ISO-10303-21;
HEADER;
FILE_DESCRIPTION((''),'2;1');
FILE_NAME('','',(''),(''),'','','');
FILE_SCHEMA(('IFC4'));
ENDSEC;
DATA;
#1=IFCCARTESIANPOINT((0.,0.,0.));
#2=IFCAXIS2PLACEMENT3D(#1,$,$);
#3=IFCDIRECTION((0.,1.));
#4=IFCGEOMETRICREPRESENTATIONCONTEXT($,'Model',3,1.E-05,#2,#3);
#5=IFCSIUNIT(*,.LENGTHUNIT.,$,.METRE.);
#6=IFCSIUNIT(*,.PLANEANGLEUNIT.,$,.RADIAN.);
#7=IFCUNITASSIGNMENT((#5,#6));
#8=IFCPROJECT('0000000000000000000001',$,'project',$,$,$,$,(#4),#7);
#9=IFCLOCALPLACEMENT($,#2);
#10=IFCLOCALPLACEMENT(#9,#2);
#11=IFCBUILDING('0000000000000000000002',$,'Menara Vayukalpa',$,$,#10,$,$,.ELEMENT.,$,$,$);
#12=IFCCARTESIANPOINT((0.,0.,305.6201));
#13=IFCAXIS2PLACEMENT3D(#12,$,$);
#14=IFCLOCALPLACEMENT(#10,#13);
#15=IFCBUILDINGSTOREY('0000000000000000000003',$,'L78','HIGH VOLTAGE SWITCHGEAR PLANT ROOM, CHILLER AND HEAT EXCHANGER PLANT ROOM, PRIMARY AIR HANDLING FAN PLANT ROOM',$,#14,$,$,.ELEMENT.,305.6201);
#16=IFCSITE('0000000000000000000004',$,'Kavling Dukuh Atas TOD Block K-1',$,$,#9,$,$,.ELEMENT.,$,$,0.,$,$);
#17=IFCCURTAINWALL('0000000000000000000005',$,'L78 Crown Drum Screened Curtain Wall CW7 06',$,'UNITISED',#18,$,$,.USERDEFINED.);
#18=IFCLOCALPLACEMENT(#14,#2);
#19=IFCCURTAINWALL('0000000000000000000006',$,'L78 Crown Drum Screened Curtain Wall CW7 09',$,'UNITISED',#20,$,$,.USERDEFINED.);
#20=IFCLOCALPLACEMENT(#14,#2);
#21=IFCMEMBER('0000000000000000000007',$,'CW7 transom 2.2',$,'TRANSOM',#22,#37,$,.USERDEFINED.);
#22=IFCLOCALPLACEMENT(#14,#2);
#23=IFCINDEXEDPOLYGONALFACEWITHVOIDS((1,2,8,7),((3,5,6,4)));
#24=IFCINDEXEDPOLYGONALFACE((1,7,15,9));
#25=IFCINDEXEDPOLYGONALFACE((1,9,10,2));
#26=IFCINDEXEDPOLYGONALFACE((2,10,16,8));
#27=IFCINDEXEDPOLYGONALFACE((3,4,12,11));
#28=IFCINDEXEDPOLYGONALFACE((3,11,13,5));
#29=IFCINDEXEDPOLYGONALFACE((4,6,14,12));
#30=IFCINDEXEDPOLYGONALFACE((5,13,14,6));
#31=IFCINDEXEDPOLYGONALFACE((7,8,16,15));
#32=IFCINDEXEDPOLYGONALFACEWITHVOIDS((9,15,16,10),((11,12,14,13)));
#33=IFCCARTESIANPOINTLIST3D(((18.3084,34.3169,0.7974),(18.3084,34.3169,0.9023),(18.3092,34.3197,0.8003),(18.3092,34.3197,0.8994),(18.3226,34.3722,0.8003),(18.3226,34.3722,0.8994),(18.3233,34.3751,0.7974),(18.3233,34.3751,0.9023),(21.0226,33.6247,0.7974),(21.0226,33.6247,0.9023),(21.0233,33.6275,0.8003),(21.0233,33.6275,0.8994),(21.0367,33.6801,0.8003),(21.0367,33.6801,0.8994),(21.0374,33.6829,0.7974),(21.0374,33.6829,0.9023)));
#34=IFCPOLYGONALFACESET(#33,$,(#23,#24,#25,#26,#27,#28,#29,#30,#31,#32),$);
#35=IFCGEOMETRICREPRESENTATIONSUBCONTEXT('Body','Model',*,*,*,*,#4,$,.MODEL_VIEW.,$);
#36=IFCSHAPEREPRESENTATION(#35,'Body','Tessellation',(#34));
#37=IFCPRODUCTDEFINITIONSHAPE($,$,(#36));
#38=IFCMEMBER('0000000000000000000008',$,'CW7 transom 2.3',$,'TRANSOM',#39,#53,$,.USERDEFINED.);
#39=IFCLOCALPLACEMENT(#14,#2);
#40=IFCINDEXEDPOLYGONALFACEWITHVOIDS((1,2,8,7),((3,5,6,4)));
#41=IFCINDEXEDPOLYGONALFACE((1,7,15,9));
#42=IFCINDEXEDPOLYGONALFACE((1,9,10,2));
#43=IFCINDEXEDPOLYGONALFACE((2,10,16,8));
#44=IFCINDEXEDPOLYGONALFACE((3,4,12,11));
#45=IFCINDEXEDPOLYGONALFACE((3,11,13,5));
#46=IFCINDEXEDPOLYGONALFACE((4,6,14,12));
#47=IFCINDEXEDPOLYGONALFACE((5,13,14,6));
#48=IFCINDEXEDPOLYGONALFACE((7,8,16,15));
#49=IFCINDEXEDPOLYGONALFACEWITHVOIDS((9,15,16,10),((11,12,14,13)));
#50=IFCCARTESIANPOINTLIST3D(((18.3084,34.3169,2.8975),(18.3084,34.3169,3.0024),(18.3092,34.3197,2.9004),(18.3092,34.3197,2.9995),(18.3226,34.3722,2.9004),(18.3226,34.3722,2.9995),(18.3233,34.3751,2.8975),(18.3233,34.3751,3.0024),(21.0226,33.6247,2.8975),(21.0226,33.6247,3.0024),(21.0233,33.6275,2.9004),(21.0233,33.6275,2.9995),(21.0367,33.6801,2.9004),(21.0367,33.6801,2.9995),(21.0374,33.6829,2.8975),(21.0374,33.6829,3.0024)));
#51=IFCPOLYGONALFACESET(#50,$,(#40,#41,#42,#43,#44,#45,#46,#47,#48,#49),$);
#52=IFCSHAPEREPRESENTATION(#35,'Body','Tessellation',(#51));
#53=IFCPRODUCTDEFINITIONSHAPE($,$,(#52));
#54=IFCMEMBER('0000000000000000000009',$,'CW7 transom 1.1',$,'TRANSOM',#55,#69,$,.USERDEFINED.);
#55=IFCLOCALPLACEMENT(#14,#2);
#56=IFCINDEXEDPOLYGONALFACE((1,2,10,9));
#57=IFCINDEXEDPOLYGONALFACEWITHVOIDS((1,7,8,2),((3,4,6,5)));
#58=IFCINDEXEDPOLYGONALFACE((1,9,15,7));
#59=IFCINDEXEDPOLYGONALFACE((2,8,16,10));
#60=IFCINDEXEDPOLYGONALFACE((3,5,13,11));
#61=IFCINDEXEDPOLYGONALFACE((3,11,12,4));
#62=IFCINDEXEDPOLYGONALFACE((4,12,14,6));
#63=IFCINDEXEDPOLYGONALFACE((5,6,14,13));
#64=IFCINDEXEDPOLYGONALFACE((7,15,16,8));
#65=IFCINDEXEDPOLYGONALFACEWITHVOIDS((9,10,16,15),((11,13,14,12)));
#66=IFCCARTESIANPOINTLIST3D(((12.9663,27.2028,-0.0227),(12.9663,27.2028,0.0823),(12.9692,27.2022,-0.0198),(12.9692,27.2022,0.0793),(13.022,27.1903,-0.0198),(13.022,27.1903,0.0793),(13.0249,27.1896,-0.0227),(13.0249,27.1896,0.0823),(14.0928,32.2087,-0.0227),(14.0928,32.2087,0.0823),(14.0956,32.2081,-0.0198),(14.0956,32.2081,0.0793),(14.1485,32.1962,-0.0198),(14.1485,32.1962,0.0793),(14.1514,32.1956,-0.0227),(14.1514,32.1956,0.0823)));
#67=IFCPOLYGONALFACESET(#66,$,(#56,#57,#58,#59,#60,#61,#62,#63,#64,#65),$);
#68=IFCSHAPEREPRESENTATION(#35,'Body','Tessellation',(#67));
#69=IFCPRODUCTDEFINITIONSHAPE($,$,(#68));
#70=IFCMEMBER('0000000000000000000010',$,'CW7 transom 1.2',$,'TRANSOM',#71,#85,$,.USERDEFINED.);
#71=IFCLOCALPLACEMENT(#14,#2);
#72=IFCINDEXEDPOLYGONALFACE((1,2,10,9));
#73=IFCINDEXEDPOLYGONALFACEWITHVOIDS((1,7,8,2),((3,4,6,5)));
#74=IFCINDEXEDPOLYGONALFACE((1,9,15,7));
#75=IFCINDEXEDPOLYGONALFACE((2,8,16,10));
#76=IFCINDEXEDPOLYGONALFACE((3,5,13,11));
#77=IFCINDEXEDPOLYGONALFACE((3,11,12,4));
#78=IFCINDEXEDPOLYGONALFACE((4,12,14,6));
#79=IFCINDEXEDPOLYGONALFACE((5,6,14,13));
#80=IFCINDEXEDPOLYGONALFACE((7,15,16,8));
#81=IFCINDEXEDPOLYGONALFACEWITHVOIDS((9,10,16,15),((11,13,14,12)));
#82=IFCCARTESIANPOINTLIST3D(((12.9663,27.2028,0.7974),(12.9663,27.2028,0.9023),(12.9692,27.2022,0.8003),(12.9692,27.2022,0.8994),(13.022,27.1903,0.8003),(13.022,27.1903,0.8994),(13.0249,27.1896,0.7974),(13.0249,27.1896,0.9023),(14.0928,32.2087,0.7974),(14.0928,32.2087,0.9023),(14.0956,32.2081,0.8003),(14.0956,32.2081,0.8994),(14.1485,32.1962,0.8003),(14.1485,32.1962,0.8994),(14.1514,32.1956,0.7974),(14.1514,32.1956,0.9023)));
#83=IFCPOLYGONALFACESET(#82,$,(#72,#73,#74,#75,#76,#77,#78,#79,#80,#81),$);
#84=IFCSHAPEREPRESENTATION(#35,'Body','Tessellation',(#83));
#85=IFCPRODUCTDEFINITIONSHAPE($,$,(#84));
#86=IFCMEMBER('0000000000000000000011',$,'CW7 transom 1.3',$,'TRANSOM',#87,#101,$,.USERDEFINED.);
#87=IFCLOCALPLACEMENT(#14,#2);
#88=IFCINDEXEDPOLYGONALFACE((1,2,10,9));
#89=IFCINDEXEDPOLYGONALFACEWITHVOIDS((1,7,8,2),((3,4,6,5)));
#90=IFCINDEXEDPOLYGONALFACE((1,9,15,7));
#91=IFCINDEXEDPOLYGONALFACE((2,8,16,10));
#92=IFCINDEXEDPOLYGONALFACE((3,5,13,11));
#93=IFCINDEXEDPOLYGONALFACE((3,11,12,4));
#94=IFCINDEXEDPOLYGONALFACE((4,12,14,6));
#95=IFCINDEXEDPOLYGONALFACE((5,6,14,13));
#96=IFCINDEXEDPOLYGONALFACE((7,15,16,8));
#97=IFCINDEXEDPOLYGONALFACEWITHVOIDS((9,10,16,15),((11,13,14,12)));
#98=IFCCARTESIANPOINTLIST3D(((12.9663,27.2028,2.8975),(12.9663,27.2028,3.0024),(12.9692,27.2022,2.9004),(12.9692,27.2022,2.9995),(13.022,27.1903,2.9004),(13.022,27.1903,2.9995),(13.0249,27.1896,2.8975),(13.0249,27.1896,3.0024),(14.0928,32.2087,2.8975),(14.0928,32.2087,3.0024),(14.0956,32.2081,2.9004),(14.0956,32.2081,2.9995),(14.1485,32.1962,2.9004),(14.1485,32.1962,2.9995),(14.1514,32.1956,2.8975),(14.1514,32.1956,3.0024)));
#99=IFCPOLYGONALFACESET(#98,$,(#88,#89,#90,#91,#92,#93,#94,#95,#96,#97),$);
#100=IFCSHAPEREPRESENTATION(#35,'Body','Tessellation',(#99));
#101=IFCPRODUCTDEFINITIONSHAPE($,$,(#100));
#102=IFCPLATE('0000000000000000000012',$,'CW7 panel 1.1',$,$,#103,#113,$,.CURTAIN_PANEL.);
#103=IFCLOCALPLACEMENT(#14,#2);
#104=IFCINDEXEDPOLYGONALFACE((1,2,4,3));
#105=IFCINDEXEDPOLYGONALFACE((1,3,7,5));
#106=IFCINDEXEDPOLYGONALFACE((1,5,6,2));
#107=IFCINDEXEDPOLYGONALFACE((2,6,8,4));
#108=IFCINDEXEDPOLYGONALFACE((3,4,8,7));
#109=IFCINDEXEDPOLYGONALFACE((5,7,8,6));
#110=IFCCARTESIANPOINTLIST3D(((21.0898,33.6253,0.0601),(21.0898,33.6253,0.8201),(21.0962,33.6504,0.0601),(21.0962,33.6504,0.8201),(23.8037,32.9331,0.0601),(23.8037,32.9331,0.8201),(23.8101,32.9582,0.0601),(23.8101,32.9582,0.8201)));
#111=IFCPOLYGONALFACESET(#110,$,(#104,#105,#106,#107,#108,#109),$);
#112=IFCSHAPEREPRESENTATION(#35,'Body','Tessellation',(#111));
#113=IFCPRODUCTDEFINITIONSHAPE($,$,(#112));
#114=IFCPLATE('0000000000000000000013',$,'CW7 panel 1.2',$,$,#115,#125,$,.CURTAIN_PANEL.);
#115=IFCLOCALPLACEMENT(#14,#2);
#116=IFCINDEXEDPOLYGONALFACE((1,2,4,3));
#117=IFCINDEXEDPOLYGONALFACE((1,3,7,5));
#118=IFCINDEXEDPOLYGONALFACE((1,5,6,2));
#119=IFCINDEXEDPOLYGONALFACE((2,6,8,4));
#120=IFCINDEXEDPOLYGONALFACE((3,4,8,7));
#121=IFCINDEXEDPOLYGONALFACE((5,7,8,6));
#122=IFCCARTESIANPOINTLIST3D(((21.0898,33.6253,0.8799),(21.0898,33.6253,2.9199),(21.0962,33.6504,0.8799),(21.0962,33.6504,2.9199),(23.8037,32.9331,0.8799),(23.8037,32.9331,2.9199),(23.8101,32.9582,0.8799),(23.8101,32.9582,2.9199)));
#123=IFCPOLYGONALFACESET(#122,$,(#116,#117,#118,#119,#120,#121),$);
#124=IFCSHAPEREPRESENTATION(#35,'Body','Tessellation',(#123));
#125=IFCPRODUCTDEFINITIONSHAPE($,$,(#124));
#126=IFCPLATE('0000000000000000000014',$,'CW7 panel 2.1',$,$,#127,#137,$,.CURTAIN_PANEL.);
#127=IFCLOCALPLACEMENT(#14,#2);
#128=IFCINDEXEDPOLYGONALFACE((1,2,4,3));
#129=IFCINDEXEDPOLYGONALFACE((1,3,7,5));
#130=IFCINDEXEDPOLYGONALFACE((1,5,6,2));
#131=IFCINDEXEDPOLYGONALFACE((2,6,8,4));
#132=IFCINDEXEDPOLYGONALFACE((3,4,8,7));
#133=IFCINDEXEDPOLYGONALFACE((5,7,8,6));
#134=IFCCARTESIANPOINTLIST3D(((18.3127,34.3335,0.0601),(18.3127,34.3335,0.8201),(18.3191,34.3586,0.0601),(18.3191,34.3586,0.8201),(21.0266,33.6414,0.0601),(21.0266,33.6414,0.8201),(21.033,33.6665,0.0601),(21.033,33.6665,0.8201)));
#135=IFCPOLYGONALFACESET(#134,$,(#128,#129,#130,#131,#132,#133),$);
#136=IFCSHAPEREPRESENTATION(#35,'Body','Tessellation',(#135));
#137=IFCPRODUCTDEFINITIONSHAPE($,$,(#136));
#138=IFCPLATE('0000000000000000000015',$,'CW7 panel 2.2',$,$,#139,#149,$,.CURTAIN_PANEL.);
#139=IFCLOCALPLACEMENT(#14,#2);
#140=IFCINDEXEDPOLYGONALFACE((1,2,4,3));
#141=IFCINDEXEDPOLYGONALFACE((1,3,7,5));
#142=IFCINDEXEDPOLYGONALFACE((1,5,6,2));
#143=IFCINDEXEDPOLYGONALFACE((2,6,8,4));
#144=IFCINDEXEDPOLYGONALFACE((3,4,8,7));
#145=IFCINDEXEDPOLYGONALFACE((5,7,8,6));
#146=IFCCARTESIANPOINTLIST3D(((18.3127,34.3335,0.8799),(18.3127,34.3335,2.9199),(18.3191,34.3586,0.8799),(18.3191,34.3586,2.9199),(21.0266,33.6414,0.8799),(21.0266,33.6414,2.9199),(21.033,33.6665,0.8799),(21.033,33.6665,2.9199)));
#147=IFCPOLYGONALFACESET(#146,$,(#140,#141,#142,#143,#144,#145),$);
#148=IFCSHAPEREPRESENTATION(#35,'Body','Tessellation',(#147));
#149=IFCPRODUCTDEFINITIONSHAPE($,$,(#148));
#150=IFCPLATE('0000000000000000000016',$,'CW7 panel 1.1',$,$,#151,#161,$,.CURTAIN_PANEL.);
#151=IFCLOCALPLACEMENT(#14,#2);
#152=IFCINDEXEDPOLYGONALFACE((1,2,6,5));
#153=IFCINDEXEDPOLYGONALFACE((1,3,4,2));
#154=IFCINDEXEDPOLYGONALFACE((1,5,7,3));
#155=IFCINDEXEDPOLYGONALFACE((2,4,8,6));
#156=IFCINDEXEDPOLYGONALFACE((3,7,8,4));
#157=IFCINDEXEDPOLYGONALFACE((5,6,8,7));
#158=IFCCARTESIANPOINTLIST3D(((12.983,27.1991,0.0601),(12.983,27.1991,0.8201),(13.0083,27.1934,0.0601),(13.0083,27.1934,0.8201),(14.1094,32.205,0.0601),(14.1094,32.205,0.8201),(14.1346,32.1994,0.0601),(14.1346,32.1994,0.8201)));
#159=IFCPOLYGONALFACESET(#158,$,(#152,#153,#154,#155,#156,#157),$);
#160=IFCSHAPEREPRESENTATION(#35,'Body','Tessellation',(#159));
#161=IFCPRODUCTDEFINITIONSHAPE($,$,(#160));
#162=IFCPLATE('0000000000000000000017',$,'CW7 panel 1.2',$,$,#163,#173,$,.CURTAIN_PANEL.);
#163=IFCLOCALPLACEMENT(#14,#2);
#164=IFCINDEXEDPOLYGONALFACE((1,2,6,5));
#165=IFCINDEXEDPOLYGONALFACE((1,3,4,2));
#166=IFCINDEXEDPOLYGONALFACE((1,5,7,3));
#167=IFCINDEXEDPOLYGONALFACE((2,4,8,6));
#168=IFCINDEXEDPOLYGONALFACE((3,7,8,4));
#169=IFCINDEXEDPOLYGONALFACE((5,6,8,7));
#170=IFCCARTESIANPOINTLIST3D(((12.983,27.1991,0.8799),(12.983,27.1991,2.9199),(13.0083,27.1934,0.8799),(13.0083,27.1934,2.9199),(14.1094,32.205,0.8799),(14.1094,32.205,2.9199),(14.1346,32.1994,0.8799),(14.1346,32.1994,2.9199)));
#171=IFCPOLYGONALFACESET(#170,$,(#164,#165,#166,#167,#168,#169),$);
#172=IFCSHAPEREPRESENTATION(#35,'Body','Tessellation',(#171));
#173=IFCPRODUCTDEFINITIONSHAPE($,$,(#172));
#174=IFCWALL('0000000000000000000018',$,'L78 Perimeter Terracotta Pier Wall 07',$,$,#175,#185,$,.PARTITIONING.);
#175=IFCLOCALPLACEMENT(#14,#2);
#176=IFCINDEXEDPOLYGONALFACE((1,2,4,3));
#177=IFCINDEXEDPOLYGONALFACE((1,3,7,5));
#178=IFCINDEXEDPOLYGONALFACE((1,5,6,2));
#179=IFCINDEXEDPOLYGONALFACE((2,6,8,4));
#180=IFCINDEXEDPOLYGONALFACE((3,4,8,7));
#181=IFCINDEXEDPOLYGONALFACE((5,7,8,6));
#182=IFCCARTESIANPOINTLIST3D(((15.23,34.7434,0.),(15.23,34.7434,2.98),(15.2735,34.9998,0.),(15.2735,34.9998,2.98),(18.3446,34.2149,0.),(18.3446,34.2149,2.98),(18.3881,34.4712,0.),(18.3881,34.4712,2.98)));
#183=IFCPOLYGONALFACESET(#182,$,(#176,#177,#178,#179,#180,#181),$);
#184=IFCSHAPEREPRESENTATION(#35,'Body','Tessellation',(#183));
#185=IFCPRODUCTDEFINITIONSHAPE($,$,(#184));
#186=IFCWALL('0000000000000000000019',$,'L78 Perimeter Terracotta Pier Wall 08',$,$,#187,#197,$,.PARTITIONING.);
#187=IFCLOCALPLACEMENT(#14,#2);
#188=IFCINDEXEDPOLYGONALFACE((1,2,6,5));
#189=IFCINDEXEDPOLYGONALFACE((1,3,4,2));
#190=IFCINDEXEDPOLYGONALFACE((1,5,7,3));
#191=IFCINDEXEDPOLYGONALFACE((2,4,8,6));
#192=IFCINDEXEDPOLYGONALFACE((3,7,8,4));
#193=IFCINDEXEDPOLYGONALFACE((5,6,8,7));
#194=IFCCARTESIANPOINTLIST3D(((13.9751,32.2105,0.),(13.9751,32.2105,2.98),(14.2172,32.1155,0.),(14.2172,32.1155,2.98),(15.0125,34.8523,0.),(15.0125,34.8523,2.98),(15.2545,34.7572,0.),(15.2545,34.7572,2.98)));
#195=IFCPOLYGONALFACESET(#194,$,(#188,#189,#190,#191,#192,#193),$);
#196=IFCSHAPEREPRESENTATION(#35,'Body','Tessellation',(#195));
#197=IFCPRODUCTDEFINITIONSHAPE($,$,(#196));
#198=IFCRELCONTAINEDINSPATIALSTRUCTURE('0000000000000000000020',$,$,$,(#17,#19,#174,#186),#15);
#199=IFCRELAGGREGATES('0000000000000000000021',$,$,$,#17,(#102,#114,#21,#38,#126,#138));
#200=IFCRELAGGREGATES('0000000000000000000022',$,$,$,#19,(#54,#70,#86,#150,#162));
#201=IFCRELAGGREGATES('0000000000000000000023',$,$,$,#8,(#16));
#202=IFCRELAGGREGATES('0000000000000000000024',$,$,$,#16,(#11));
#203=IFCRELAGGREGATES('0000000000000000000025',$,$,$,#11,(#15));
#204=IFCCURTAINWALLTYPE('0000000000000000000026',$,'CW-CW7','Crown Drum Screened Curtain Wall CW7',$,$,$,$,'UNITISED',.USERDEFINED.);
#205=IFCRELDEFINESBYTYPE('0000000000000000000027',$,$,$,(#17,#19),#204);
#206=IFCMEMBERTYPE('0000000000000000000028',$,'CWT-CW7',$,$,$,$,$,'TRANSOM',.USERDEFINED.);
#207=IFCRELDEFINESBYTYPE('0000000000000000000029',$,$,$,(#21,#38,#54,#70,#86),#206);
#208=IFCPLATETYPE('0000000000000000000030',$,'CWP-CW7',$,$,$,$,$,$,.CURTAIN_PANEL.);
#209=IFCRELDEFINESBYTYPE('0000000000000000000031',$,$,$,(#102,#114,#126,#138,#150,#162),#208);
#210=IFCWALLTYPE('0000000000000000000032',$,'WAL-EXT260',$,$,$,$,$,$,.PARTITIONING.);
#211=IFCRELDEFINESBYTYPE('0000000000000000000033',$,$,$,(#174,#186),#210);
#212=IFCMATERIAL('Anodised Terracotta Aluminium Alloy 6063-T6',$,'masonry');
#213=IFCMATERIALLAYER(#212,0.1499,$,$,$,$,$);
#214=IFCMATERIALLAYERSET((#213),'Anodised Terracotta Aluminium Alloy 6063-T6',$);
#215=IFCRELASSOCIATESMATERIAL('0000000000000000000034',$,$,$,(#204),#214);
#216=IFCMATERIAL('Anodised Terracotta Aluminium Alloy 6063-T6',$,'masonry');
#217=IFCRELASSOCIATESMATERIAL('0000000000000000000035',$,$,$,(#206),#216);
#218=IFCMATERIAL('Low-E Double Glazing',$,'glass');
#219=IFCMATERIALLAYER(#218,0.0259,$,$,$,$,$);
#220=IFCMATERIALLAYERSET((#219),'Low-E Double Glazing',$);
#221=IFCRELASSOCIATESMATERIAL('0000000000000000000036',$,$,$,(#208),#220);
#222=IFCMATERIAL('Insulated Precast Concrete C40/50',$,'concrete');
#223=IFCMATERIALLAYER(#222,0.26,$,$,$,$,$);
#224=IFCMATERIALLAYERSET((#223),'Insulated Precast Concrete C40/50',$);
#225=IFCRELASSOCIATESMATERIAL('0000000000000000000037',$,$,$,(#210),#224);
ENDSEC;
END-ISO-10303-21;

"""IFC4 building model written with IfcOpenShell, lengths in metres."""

from ifc_helpers import new_model, si_unit, direction, frame, frame_2d, origin, origin_2d, place, context, subcontext, project, spatial, rectangle, hollow_rectangle, extrude, material, layer, layer_set, material_profile, profile_set, type_object, element, aggregate, save


model = new_model("IFC4")

# Units and contexts
model_context = context("Model", 3, precision=1e-05, world=origin(), true_north=direction((0.0, 1.0)))
body_context = subcontext(model_context, "Body", "Model", "MODEL_VIEW")
ifc_project = project(units=[si_unit("LENGTHUNIT", "METRE"), si_unit("PLANEANGLEUNIT", "RADIAN")], contexts=[model_context])

# Site, building, storey
site_placement = place(None, origin())
site = spatial("IfcSite", under=ifc_project, at=site_placement, Name="Kavling Dukuh Atas TOD Block K-1", CompositionType="ELEMENT", RefElevation=0.0)
building_placement = place(site_placement, origin())
building = spatial("IfcBuilding", under=site, at=building_placement, Name="Menara Vayukalpa", CompositionType="ELEMENT")
storey_placement = place(building_placement, frame((0.0, 0.0, 305.6201)))
storey = spatial("IfcBuildingStorey", under=building, at=storey_placement, Name="L78", Description="HIGH VOLTAGE SWITCHGEAR PLANT ROOM, CHILLER AND HEAT EXCHANGER PLANT ROOM, PRIMARY AIR HANDLING FAN PLANT ROOM", CompositionType="ELEMENT", Elevation=305.6201)

# Shared definitions
ifc_material_1 = material(Name="Anodised Terracotta Aluminium Alloy 6063-T6", Category="masonry")
ifc_layer_1 = layer(ifc_material_1, 0.1499)
ifc_layer_set_1 = layer_set([ifc_layer_1], Name="Anodised Terracotta Aluminium Alloy 6063-T6")
curtain_wall_type = type_object("IfcCurtainWallType", Name="CW-CW7", Description="Crown Drum Screened Curtain Wall CW7", ElementType="UNITISED", PredefinedType="USERDEFINED", material=ifc_layer_set_1)

# Curtain wall
curtain_wall_1_placement = place(storey_placement, origin())
curtain_wall_1 = element("IfcCurtainWall", 1, at=curtain_wall_1_placement, inside=storey, type_object=curtain_wall_type, Name="L78 Crown Drum Screened Curtain Wall CW7 06", ObjectType="UNITISED", PredefinedType="USERDEFINED")

# Curtain wall
curtain_wall_2_placement = place(storey_placement, origin())
curtain_wall_2 = element("IfcCurtainWall", 2, at=curtain_wall_2_placement, inside=storey, type_object=curtain_wall_type, Name="L78 Crown Drum Screened Curtain Wall CW7 09", ObjectType="UNITISED", PredefinedType="USERDEFINED")

# Members
ifc_material_2 = material(Name="Anodised Terracotta Aluminium Alloy 6063-T6", Category="masonry")
ifc_material_profile_1 = material_profile(ifc_material_2, hollow_rectangle(XDim=0.0601, YDim=0.105, WallThickness=0.0029, at=origin_2d()), Name="ALU 60x105x3")
ifc_profile_set_1 = profile_set([ifc_material_profile_1], Name="Anodised Terracotta Aluminium Alloy 6063-T6")
member_type_1 = type_object("IfcMemberType", Name="CWT-CW7", ElementType="TRANSOM", PredefinedType="USERDEFINED", material=ifc_profile_set_1)
member_1_placement = place(storey_placement, frame((21.03, 33.6538, 0.8499), z_axis=(-0.968988, 0.247106, 0.0), x_axis=(-0.247106, -0.968988, 0.0)))
member_1 = element("IfcMember", 3, at=member_1_placement, type_object=member_type_1, Name="CW7 transom 2.2", ObjectType="TRANSOM", PredefinedType="USERDEFINED", context=body_context, shape_type="SweptSolid", body=[
    extrude(hollow_rectangle(XDim=0.0601, YDim=0.105, WallThickness=0.0029, at=origin_2d()), origin(), (0.0, 0.0, 1.0), 2.801),
])
member_2_placement = place(storey_placement, frame((21.03, 33.6538, 2.95), z_axis=(-0.968988, 0.247106, 0.0), x_axis=(-0.247106, -0.968988, 0.0)))
member_2 = element("IfcMember", 4, at=member_2_placement, type_object=member_type_1, Name="CW7 transom 2.3", ObjectType="TRANSOM", PredefinedType="USERDEFINED", context=body_context, shape_type="SweptSolid", body=[
    extrude(hollow_rectangle(XDim=0.0601, YDim=0.105, WallThickness=0.0029, at=origin_2d()), origin(), (0.0, 0.0, 1.0), 2.801),
])
member_3_placement = place(storey_placement, frame((14.1221, 32.2021, 0.0298), z_axis=(-0.219539, -0.975604, 0.0), x_axis=(0.975604, -0.219539, 0.0)))
member_3 = element("IfcMember", 5, at=member_3_placement, type_object=member_type_1, Name="CW7 transom 1.1", ObjectType="TRANSOM", PredefinedType="USERDEFINED", context=body_context, shape_type="SweptSolid", body=[
    extrude(hollow_rectangle(XDim=0.0601, YDim=0.105, WallThickness=0.0029, at=origin_2d()), origin(), (0.0, 0.0, 1.0), 5.1311),
])
member_4_placement = place(storey_placement, frame((14.1221, 32.2021, 0.8499), z_axis=(-0.219539, -0.975604, 0.0), x_axis=(0.975604, -0.219539, 0.0)))
member_4 = element("IfcMember", 6, at=member_4_placement, type_object=member_type_1, Name="CW7 transom 1.2", ObjectType="TRANSOM", PredefinedType="USERDEFINED", context=body_context, shape_type="SweptSolid", body=[
    extrude(hollow_rectangle(XDim=0.0601, YDim=0.105, WallThickness=0.0029, at=origin_2d()), origin(), (0.0, 0.0, 1.0), 5.1311),
])
member_5_placement = place(storey_placement, frame((14.1221, 32.2021, 2.95), z_axis=(-0.219539, -0.975604, 0.0), x_axis=(0.975604, -0.219539, 0.0)))
member_5 = element("IfcMember", 7, at=member_5_placement, type_object=member_type_1, Name="CW7 transom 1.3", ObjectType="TRANSOM", PredefinedType="USERDEFINED", context=body_context, shape_type="SweptSolid", body=[
    extrude(hollow_rectangle(XDim=0.0601, YDim=0.105, WallThickness=0.0029, at=origin_2d()), origin(), (0.0, 0.0, 1.0), 5.1311),
])

# Plates
ifc_material_3 = material(Name="Low-E Double Glazing", Category="glass")
ifc_layer_2 = layer(ifc_material_3, 0.0259)
ifc_layer_set_2 = layer_set([ifc_layer_2], Name="Low-E Double Glazing")
plate_type = type_object("IfcPlateType", Name="CWP-CW7", PredefinedType="CURTAIN_PANEL", material=ifc_layer_set_2)
plate_1_placement = place(storey_placement, frame((22.45, 33.2917, 0.0601), z_axis=(0.0, 0.0, 1.0), x_axis=(-0.968984, 0.247124, 0.0)))
plate_1 = element("IfcPlate", 8, at=plate_1_placement, type_object=plate_type, Name="CW7 panel 1.1", PredefinedType="CURTAIN_PANEL", context=body_context, shape_type="SweptSolid", body=[
    extrude(rectangle(XDim=2.8008, YDim=0.0259, at=origin_2d()), origin(), (0.0, 0.0, 1.0), 0.76),
])
plate_2_placement = place(storey_placement, frame((22.45, 33.2917, 0.8799), z_axis=(0.0, 0.0, 1.0), x_axis=(-0.968984, 0.247124, 0.0)))
plate_2 = element("IfcPlate", 9, at=plate_2_placement, type_object=plate_type, Name="CW7 panel 1.2", PredefinedType="CURTAIN_PANEL", context=body_context, shape_type="SweptSolid", body=[
    extrude(rectangle(XDim=2.8008, YDim=0.0259, at=origin_2d()), origin(), (0.0, 0.0, 1.0), 2.04),
])
plate_3_placement = place(storey_placement, frame((19.6729, 34.0, 0.0601), z_axis=(0.0, 0.0, 1.0), x_axis=(-0.968984, 0.247124, 0.0)))
plate_3 = element("IfcPlate", 10, at=plate_3_placement, type_object=plate_type, Name="CW7 panel 2.1", PredefinedType="CURTAIN_PANEL", context=body_context, shape_type="SweptSolid", body=[
    extrude(rectangle(XDim=2.8008, YDim=0.0259, at=origin_2d()), origin(), (0.0, 0.0, 1.0), 0.76),
])
plate_4_placement = place(storey_placement, frame((19.6729, 34.0, 0.8799), z_axis=(0.0, 0.0, 1.0), x_axis=(-0.968984, 0.247124, 0.0)))
plate_4 = element("IfcPlate", 11, at=plate_4_placement, type_object=plate_type, Name="CW7 panel 2.2", PredefinedType="CURTAIN_PANEL", context=body_context, shape_type="SweptSolid", body=[
    extrude(rectangle(XDim=2.8008, YDim=0.0259, at=origin_2d()), origin(), (0.0, 0.0, 1.0), 2.04),
])
aggregate(curtain_wall_1, [plate_1, plate_2, member_1, member_2, plate_3, plate_4])
plate_5_placement = place(storey_placement, frame((13.5588, 29.6992, 0.0601), z_axis=(0.0, 0.0, 1.0), x_axis=(-0.219516, -0.975609, 0.0)))
plate_5 = element("IfcPlate", 12, at=plate_5_placement, type_object=plate_type, Name="CW7 panel 1.1", PredefinedType="CURTAIN_PANEL", context=body_context, shape_type="SweptSolid", body=[
    extrude(rectangle(XDim=5.1311, YDim=0.0259, at=origin_2d()), origin(), (0.0, 0.0, 1.0), 0.76),
])
plate_6_placement = place(storey_placement, frame((13.5588, 29.6992, 0.8799), z_axis=(0.0, 0.0, 1.0), x_axis=(-0.219516, -0.975609, 0.0)))
plate_6 = element("IfcPlate", 13, at=plate_6_placement, type_object=plate_type, Name="CW7 panel 1.2", PredefinedType="CURTAIN_PANEL", context=body_context, shape_type="SweptSolid", body=[
    extrude(rectangle(XDim=5.1311, YDim=0.0259, at=origin_2d()), origin(), (0.0, 0.0, 1.0), 2.04),
])
aggregate(curtain_wall_2, [member_3, member_4, member_5, plate_5, plate_6])

# Walls
ifc_material_4 = material(Name="Insulated Precast Concrete C40/50", Category="concrete")
ifc_layer_3 = layer(ifc_material_4, 0.26)
ifc_layer_set_3 = layer_set([ifc_layer_3], Name="Insulated Precast Concrete C40/50")
wall_type = type_object("IfcWallType", Name="WAL-EXT260", PredefinedType="PARTITIONING", material=ifc_layer_set_3)
wall_1_placement = place(storey_placement, frame((15.2517, 34.8716, 0.0), z_axis=(0.0, 0.0, 1.0), x_axis=(0.985905, -0.167306, 0.0)))
element("IfcWall", 14, at=wall_1_placement, inside=storey, type_object=wall_type, Name="L78 Perimeter Terracotta Pier Wall 07", PredefinedType="PARTITIONING", context=body_context, shape_type="SweptSolid", body=[
    extrude(rectangle(XDim=3.1592, YDim=0.26, at=frame_2d((1.5796, 0.0))), origin(), (0.0, 0.0, 1.0), 2.98),
])
wall_2_placement = place(storey_placement, frame((14.0962, 32.1631, 0.0), z_axis=(0.0, 0.0, 1.0), x_axis=(0.365495, 0.930813, 0.0)))
element("IfcWall", 15, at=wall_2_placement, inside=storey, type_object=wall_type, Name="L78 Perimeter Terracotta Pier Wall 08", PredefinedType="PARTITIONING", context=body_context, shape_type="SweptSolid", body=[
    extrude(rectangle(XDim=2.8381, YDim=0.26, at=frame_2d((1.4189, 0.0))), origin(), (0.0, 0.0, 1.0), 2.98),
])

save(model, "model.ifc")
